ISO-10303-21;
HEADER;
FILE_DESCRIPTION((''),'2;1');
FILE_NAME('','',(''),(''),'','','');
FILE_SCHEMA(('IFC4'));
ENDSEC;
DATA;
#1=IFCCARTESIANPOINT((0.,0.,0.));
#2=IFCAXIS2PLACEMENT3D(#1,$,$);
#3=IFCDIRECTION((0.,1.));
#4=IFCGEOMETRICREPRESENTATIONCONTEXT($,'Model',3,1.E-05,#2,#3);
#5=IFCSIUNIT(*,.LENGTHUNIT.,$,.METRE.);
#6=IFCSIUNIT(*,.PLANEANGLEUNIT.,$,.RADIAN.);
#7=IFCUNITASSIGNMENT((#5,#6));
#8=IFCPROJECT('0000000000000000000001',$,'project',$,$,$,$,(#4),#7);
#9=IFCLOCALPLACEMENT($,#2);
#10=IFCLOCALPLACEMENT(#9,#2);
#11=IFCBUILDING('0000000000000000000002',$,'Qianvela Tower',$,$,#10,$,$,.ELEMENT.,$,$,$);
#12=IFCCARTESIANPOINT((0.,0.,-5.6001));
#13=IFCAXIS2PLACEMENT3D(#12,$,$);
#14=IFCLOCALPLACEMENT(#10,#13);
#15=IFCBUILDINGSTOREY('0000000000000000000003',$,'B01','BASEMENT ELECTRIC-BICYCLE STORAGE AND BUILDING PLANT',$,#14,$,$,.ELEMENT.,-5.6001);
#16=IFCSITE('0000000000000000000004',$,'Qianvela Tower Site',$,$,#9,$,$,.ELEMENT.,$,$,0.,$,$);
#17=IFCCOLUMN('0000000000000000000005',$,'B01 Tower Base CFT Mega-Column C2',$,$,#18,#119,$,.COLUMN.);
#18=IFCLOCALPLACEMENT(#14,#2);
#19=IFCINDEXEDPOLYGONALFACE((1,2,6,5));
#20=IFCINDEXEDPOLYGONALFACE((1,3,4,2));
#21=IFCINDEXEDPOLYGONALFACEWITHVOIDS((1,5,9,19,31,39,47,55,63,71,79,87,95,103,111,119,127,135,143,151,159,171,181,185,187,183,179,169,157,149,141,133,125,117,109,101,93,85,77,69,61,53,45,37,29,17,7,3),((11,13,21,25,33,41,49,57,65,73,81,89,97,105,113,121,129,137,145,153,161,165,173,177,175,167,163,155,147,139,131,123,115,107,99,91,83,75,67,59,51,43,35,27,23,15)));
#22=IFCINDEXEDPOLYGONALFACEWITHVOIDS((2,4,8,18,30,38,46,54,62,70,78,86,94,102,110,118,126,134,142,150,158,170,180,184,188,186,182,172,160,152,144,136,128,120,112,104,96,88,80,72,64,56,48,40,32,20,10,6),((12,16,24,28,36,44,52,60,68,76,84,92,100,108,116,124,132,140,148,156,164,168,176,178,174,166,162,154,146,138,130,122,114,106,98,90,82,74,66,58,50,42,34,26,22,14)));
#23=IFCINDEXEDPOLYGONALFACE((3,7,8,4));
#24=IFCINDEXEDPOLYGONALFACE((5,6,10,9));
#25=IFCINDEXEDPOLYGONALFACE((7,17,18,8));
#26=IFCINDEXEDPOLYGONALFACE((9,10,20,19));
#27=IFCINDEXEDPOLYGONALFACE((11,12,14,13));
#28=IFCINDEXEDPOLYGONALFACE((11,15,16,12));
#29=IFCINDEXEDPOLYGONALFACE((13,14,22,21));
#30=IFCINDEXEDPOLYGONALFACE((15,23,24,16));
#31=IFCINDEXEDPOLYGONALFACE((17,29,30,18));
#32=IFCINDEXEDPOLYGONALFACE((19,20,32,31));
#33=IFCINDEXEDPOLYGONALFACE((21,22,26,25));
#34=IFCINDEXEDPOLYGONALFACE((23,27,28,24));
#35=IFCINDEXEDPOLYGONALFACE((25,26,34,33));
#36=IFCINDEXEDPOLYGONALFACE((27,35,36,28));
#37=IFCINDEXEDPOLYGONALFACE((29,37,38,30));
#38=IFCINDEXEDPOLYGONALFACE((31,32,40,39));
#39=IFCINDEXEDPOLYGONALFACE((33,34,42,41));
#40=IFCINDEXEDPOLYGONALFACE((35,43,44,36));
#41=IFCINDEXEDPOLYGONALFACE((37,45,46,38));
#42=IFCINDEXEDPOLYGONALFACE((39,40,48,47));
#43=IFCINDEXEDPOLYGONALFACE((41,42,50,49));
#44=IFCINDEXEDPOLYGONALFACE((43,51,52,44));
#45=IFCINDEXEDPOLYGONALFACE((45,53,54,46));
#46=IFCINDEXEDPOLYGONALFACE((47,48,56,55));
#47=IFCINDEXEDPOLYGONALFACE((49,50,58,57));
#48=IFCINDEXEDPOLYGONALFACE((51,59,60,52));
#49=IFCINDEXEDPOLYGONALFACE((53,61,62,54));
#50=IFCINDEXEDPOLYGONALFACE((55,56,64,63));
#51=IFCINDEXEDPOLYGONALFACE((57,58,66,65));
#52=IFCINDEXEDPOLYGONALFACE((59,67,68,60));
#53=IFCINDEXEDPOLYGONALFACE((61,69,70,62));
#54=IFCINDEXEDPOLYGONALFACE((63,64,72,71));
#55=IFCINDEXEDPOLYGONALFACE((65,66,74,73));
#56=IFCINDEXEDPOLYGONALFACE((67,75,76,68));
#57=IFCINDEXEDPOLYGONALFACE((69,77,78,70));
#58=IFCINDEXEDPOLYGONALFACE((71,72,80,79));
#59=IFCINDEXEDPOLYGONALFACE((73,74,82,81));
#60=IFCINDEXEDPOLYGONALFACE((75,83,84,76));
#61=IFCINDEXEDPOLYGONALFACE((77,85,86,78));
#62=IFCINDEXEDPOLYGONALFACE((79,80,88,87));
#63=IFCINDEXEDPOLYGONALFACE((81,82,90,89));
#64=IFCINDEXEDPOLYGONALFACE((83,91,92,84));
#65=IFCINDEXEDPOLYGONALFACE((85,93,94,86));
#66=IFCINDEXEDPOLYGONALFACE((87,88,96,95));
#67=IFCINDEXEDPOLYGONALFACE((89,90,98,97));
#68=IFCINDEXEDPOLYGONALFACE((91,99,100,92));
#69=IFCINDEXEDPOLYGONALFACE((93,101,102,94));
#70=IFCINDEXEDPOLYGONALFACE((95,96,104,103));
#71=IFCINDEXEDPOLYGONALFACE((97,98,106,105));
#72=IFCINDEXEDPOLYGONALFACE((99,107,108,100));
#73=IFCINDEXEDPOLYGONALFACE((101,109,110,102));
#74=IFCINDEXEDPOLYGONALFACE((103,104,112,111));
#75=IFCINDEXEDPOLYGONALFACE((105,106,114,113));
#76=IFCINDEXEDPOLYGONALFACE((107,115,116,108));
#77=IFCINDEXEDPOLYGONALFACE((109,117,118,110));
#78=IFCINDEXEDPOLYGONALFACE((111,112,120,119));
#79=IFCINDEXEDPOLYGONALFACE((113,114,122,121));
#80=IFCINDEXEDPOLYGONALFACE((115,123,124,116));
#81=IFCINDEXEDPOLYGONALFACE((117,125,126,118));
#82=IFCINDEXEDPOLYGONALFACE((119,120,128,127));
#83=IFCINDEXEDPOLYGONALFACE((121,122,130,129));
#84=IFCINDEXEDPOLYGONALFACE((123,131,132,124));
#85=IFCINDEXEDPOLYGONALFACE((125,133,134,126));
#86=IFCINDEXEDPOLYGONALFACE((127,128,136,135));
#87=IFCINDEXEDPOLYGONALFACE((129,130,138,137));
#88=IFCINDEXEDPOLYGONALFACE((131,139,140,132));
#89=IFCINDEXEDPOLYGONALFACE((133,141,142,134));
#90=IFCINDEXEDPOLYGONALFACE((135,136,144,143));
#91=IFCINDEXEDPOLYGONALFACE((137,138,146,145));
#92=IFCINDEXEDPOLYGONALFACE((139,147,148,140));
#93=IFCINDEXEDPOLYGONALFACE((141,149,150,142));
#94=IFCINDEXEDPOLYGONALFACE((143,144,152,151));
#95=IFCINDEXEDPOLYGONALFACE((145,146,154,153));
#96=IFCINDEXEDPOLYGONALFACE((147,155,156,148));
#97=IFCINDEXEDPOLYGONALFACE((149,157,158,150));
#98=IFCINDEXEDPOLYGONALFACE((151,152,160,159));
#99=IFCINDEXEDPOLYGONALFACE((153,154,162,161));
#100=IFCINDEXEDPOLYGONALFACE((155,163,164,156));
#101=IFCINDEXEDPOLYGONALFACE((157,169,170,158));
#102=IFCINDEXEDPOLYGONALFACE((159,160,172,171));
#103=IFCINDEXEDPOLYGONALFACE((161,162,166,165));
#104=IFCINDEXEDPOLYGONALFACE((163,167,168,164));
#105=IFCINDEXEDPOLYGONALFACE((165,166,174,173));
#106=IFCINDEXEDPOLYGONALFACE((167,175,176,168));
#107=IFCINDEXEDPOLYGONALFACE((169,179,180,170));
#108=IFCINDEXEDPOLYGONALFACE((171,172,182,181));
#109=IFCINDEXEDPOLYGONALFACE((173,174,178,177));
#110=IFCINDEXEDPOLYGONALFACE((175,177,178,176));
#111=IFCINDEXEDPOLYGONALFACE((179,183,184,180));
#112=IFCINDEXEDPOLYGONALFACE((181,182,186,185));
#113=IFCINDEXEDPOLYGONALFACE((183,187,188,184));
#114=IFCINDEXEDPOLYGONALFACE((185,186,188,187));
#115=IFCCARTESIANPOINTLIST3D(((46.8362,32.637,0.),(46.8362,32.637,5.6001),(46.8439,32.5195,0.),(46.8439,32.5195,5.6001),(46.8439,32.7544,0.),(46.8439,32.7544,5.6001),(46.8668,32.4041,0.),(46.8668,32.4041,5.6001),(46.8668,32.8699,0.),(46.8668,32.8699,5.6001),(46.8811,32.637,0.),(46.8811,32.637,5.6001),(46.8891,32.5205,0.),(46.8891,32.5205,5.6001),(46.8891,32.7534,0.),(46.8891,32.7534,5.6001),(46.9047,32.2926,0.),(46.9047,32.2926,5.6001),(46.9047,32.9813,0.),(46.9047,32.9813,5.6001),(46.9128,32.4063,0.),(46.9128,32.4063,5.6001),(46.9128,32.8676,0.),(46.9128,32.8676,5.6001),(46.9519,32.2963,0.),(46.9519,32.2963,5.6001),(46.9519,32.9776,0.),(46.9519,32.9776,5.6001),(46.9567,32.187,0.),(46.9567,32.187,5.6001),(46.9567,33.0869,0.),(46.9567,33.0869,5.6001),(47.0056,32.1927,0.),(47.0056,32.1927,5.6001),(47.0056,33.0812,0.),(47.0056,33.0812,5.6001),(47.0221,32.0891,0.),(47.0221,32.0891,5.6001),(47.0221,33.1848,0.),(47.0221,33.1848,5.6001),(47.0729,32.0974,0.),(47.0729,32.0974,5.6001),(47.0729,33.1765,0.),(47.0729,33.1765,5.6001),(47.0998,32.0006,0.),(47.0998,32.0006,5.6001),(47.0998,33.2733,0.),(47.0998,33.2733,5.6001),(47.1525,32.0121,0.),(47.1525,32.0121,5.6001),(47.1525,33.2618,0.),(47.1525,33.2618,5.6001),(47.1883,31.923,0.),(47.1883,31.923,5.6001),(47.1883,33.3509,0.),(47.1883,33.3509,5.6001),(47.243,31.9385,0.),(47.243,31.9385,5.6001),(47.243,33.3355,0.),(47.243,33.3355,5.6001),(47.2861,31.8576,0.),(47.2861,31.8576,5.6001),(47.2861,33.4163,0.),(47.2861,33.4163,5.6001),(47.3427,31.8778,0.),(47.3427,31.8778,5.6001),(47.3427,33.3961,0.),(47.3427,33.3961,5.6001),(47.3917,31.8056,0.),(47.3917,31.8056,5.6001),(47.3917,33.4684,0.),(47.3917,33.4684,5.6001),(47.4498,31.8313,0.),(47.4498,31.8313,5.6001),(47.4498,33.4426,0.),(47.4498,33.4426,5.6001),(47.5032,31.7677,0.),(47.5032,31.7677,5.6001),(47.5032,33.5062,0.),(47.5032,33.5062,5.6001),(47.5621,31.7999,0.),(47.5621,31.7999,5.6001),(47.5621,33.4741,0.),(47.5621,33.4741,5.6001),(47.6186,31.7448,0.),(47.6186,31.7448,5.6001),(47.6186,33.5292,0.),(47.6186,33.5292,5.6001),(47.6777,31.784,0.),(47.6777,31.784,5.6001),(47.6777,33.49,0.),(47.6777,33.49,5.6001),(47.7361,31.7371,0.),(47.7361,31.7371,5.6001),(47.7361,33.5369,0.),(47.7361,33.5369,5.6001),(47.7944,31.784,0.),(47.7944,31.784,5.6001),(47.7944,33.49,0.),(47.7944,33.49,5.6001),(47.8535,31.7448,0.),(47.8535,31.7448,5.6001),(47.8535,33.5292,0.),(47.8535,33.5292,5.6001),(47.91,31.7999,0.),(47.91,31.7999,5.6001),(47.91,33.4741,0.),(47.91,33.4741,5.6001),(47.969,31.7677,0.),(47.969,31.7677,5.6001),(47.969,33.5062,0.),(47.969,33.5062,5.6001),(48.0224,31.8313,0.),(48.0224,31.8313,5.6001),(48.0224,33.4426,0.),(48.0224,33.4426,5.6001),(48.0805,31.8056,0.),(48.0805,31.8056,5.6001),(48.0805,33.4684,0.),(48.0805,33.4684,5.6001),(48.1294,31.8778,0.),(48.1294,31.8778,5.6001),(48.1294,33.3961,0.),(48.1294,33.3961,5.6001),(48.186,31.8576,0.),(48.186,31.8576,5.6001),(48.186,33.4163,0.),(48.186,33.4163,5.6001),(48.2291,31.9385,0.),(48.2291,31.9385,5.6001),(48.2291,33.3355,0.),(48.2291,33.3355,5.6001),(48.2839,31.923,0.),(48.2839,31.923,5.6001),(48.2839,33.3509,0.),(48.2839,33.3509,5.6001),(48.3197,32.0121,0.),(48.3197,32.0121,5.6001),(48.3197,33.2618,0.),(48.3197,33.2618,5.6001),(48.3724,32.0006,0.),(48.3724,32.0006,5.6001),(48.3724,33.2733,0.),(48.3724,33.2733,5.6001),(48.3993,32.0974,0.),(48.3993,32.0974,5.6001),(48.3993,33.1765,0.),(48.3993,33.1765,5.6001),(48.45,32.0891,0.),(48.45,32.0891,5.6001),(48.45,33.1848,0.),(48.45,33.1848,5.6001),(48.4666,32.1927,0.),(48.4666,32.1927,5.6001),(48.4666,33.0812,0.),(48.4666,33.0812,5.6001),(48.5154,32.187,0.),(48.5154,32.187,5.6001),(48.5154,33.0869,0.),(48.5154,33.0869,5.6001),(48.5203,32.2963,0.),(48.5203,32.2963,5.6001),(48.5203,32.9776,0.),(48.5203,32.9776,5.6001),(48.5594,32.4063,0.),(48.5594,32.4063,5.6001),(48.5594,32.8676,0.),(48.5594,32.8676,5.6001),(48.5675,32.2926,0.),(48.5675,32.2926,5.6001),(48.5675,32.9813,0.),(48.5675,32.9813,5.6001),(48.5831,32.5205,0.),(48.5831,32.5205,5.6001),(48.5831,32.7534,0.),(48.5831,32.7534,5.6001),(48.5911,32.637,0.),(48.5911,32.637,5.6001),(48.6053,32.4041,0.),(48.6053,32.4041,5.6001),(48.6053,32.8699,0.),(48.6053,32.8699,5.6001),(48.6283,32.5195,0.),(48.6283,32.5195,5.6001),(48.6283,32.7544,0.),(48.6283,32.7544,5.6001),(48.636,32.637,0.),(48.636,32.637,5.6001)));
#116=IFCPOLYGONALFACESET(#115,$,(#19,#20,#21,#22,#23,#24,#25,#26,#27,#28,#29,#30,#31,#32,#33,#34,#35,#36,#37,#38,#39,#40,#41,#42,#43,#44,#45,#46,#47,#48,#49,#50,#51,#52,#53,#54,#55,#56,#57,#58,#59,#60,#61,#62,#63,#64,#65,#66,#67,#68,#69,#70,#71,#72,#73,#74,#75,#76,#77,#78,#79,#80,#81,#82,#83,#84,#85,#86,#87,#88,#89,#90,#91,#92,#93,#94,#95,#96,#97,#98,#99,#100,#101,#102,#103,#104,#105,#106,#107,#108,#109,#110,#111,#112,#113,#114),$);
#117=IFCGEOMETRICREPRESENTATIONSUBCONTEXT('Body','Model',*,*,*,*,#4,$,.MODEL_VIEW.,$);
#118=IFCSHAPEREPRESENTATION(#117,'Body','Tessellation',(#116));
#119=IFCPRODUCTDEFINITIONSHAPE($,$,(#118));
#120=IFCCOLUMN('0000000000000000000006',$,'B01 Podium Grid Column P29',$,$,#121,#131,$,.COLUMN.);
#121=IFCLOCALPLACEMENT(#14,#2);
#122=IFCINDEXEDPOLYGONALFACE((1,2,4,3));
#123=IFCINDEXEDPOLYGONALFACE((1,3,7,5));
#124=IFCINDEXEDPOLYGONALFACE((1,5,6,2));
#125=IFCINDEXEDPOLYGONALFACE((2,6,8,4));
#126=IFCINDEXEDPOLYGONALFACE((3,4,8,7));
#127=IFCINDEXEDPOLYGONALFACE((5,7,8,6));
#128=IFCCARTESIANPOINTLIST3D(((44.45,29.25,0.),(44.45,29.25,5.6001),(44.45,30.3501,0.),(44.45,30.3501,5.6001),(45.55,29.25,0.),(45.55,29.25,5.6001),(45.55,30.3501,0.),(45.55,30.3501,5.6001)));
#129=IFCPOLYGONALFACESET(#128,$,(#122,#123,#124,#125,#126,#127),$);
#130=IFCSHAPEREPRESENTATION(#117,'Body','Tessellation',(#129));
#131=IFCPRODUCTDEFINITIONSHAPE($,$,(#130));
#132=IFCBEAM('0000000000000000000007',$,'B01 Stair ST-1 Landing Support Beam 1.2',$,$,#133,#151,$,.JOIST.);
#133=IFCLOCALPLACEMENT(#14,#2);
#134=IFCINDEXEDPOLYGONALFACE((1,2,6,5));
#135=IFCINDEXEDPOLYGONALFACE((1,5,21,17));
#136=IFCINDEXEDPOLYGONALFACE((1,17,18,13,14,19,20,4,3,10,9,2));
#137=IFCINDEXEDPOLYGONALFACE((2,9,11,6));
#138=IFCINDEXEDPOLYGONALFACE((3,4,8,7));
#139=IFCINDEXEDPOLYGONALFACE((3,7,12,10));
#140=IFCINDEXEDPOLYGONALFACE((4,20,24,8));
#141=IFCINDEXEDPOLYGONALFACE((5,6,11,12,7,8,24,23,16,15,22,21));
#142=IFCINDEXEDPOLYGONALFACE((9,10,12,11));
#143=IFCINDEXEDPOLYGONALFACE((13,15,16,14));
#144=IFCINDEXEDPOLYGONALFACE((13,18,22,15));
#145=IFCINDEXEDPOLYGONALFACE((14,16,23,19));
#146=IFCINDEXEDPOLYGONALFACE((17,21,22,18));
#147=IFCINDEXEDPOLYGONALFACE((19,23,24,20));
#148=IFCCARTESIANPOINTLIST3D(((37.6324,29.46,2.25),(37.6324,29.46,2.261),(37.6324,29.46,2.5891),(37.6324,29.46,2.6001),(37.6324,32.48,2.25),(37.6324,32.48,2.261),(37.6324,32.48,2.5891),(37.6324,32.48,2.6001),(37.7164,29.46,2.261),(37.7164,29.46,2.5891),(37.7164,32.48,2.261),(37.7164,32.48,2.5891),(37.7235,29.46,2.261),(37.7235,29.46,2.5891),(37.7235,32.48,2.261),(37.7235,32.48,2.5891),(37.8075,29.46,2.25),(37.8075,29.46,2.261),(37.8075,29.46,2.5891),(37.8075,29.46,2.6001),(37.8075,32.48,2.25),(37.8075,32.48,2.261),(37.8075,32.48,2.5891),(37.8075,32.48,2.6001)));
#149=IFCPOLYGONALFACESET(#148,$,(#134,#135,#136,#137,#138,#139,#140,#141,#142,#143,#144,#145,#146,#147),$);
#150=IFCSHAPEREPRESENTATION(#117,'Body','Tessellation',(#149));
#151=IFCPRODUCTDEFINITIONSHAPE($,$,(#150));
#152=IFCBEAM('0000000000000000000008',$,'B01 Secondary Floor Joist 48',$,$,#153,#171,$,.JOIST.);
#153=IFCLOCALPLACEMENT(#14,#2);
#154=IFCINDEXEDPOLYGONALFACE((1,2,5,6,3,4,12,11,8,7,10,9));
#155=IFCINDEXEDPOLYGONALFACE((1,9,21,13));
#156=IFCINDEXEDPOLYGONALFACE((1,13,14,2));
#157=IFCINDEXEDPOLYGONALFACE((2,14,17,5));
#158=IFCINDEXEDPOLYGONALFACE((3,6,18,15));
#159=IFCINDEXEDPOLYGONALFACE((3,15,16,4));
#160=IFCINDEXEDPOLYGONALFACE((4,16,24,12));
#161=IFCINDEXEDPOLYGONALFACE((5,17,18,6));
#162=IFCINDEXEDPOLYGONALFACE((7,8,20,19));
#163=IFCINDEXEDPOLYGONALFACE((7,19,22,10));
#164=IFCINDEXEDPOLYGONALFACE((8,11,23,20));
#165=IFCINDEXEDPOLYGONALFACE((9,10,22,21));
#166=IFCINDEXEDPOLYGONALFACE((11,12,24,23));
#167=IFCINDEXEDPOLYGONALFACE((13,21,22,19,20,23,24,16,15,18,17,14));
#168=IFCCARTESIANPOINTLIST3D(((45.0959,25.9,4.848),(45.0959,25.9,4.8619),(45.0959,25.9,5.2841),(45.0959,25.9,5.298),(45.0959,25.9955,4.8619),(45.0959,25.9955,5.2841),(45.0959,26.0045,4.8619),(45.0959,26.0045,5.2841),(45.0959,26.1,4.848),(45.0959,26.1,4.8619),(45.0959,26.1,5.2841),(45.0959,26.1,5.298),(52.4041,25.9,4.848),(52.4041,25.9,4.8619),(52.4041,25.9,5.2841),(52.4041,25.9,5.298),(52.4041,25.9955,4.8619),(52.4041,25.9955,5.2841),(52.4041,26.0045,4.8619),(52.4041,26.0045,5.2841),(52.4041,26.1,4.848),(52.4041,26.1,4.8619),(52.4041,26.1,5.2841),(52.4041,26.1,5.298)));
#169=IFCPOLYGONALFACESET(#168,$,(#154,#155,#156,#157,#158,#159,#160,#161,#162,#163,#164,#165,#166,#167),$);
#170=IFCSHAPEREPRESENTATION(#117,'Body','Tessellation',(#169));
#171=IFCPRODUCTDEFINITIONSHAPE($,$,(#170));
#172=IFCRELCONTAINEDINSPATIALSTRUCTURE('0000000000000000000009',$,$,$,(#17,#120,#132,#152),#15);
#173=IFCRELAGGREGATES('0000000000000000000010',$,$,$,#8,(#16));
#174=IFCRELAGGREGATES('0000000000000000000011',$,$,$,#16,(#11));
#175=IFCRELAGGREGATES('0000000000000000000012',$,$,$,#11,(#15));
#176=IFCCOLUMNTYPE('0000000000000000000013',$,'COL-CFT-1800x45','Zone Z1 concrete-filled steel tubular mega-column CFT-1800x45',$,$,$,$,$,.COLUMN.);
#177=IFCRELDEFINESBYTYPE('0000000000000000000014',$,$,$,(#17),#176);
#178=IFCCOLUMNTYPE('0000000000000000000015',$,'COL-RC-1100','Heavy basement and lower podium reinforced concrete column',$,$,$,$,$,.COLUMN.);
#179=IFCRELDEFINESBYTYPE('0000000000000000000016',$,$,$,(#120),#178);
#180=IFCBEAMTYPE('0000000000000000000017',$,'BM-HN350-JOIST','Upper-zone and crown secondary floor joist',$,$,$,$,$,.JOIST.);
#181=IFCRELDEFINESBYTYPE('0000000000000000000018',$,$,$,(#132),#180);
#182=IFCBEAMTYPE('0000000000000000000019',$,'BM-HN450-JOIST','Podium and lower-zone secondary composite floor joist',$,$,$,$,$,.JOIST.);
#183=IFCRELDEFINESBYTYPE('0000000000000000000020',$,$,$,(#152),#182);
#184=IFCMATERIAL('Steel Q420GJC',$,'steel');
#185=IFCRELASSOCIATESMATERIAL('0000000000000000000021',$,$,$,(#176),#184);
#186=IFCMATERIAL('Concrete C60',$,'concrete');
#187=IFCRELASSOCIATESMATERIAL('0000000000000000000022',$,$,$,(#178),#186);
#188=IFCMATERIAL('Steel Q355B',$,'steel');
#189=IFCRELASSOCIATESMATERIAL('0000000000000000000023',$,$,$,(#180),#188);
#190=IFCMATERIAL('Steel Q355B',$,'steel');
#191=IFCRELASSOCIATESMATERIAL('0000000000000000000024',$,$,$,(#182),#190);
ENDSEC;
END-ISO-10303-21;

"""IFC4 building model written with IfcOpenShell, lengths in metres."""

from ifc_helpers import new_model, si_unit, direction, frame, origin, origin_2d, place, context, subcontext, project, spatial, rectangle, hollow_circle, i_section, extrude, material, material_profile, profile_set, type_object, element, save


model = new_model("IFC4")

# Units and contexts
model_context = context("Model", 3, precision=1e-05, world=origin(), true_north=direction((0.0, 1.0)))
body_context = subcontext(model_context, "Body", "Model", "MODEL_VIEW")
ifc_project = project(units=[si_unit("LENGTHUNIT", "METRE"), si_unit("PLANEANGLEUNIT", "RADIAN")], contexts=[model_context])

# Site, building, storey
site_placement = place(None, origin())
site = spatial("IfcSite", under=ifc_project, at=site_placement, Name="Qianvela Tower Site", CompositionType="ELEMENT", RefElevation=0.0)
building_placement = place(site_placement, origin())
building = spatial("IfcBuilding", under=site, at=building_placement, Name="Qianvela Tower", CompositionType="ELEMENT")
storey_placement = place(building_placement, frame((0.0, 0.0, -5.6001)))
storey = spatial("IfcBuildingStorey", under=building, at=storey_placement, Name="B01", Description="BASEMENT ELECTRIC-BICYCLE STORAGE AND BUILDING PLANT", CompositionType="ELEMENT", Elevation=-5.6001)

# Columns
ifc_material_1 = material(Name="Steel Q420GJC", Category="steel")
ifc_material_profile_1 = material_profile(ifc_material_1, hollow_circle(Radius=0.8999, WallThickness=0.0449, at=origin_2d()), Name="CFT-1800x45")
ifc_profile_set_1 = profile_set([ifc_material_profile_1], Name="Steel Q420GJC")
column_type_1 = type_object("IfcColumnType", Name="COL-CFT-1800x45", Description="Zone Z1 concrete-filled steel tubular mega-column CFT-1800x45", PredefinedType="COLUMN", material=ifc_profile_set_1)
for number, where, z_axis, x_axis, name in (
    (1, (47.7361, 32.637, 0.0), (0.0, 0.0, 1.0), (1.0, 0.0, 0.0), "B01 Tower Base CFT Mega-Column C2"),
):
    element("IfcColumn", number, at=place(storey_placement, frame(where, z_axis=z_axis, x_axis=x_axis)), inside=storey, type_object=column_type_1, Name=name, PredefinedType="COLUMN", context=body_context, shape_type="SweptSolid", body=[
        extrude(hollow_circle(Radius=0.8999, WallThickness=0.0449, at=origin_2d()), origin(), (0.0, 0.0, 1.0), 5.6001),
    ])
ifc_material_2 = material(Name="Concrete C60", Category="concrete")
ifc_material_profile_2 = material_profile(ifc_material_2, rectangle(XDim=1.1001, YDim=1.1001, at=origin_2d()), Name="RC-COL-1100x1100")
ifc_profile_set_2 = profile_set([ifc_material_profile_2], Name="Concrete C60")
column_type_2 = type_object("IfcColumnType", Name="COL-RC-1100", Description="Heavy basement and lower podium reinforced concrete column", PredefinedType="COLUMN", material=ifc_profile_set_2)
column_placement = place(storey_placement, frame((45.0, 29.8, 0.0), z_axis=(0.0, 0.0, 1.0), x_axis=(1.0, 0.0, 0.0)))
element("IfcColumn", 2, at=column_placement, inside=storey, type_object=column_type_2, Name="B01 Podium Grid Column P29", PredefinedType="COLUMN", context=body_context, shape_type="SweptSolid", body=[
    extrude(rectangle(XDim=1.1001, YDim=1.1001, at=origin_2d()), origin(), (0.0, 0.0, 1.0), 5.6001),
])

# Beams
ifc_material_3 = material(Name="Steel Q355B", Category="steel")
ifc_material_profile_3 = material_profile(ifc_material_3, i_section(OverallWidth=0.175, OverallDepth=0.3501, WebThickness=0.0071, FlangeThickness=0.011, at=origin_2d()), Name="HN350x175x7x11")
ifc_profile_set_3 = profile_set([ifc_material_profile_3], Name="Steel Q355B")
beam_type_1 = type_object("IfcBeamType", Name="BM-HN350-JOIST", Description="Upper-zone and crown secondary floor joist", PredefinedType="JOIST", material=ifc_profile_set_3)
beam_1_placement = place(storey_placement, frame((37.72, 29.46, 2.425), z_axis=(0.0, 1.0, 0.0), x_axis=(-1.0, 0.0, 0.0)))
element("IfcBeam", 3, at=beam_1_placement, inside=storey, type_object=beam_type_1, Name="B01 Stair ST-1 Landing Support Beam 1.2", PredefinedType="JOIST", context=body_context, shape_type="SweptSolid", body=[
    extrude(i_section(OverallWidth=0.175, OverallDepth=0.3501, WebThickness=0.0071, FlangeThickness=0.011, at=origin_2d()), origin(), (0.0, 0.0, 1.0), 3.02),
])
ifc_material_4 = material(Name="Steel Q355B", Category="steel")
ifc_material_profile_4 = material_profile(ifc_material_4, i_section(OverallWidth=0.2, OverallDepth=0.45, WebThickness=0.009, FlangeThickness=0.0139, at=origin_2d()), Name="HN450x200x9x14")
ifc_profile_set_4 = profile_set([ifc_material_profile_4], Name="Steel Q355B")
beam_type_2 = type_object("IfcBeamType", Name="BM-HN450-JOIST", Description="Podium and lower-zone secondary composite floor joist", PredefinedType="JOIST", material=ifc_profile_set_4)
beam_2_placement = place(storey_placement, frame((45.0959, 26.0, 5.073), z_axis=(1.0, 0.0, 0.0), x_axis=(0.0, 1.0, 0.0)))
element("IfcBeam", 4, at=beam_2_placement, inside=storey, type_object=beam_type_2, Name="B01 Secondary Floor Joist 48", PredefinedType="JOIST", context=body_context, shape_type="SweptSolid", body=[
    extrude(i_section(OverallWidth=0.2, OverallDepth=0.45, WebThickness=0.009, FlangeThickness=0.0139, at=origin_2d()), origin(), (0.0, 0.0, 1.0), 7.3081),
])

save(model, "model.ifc")
